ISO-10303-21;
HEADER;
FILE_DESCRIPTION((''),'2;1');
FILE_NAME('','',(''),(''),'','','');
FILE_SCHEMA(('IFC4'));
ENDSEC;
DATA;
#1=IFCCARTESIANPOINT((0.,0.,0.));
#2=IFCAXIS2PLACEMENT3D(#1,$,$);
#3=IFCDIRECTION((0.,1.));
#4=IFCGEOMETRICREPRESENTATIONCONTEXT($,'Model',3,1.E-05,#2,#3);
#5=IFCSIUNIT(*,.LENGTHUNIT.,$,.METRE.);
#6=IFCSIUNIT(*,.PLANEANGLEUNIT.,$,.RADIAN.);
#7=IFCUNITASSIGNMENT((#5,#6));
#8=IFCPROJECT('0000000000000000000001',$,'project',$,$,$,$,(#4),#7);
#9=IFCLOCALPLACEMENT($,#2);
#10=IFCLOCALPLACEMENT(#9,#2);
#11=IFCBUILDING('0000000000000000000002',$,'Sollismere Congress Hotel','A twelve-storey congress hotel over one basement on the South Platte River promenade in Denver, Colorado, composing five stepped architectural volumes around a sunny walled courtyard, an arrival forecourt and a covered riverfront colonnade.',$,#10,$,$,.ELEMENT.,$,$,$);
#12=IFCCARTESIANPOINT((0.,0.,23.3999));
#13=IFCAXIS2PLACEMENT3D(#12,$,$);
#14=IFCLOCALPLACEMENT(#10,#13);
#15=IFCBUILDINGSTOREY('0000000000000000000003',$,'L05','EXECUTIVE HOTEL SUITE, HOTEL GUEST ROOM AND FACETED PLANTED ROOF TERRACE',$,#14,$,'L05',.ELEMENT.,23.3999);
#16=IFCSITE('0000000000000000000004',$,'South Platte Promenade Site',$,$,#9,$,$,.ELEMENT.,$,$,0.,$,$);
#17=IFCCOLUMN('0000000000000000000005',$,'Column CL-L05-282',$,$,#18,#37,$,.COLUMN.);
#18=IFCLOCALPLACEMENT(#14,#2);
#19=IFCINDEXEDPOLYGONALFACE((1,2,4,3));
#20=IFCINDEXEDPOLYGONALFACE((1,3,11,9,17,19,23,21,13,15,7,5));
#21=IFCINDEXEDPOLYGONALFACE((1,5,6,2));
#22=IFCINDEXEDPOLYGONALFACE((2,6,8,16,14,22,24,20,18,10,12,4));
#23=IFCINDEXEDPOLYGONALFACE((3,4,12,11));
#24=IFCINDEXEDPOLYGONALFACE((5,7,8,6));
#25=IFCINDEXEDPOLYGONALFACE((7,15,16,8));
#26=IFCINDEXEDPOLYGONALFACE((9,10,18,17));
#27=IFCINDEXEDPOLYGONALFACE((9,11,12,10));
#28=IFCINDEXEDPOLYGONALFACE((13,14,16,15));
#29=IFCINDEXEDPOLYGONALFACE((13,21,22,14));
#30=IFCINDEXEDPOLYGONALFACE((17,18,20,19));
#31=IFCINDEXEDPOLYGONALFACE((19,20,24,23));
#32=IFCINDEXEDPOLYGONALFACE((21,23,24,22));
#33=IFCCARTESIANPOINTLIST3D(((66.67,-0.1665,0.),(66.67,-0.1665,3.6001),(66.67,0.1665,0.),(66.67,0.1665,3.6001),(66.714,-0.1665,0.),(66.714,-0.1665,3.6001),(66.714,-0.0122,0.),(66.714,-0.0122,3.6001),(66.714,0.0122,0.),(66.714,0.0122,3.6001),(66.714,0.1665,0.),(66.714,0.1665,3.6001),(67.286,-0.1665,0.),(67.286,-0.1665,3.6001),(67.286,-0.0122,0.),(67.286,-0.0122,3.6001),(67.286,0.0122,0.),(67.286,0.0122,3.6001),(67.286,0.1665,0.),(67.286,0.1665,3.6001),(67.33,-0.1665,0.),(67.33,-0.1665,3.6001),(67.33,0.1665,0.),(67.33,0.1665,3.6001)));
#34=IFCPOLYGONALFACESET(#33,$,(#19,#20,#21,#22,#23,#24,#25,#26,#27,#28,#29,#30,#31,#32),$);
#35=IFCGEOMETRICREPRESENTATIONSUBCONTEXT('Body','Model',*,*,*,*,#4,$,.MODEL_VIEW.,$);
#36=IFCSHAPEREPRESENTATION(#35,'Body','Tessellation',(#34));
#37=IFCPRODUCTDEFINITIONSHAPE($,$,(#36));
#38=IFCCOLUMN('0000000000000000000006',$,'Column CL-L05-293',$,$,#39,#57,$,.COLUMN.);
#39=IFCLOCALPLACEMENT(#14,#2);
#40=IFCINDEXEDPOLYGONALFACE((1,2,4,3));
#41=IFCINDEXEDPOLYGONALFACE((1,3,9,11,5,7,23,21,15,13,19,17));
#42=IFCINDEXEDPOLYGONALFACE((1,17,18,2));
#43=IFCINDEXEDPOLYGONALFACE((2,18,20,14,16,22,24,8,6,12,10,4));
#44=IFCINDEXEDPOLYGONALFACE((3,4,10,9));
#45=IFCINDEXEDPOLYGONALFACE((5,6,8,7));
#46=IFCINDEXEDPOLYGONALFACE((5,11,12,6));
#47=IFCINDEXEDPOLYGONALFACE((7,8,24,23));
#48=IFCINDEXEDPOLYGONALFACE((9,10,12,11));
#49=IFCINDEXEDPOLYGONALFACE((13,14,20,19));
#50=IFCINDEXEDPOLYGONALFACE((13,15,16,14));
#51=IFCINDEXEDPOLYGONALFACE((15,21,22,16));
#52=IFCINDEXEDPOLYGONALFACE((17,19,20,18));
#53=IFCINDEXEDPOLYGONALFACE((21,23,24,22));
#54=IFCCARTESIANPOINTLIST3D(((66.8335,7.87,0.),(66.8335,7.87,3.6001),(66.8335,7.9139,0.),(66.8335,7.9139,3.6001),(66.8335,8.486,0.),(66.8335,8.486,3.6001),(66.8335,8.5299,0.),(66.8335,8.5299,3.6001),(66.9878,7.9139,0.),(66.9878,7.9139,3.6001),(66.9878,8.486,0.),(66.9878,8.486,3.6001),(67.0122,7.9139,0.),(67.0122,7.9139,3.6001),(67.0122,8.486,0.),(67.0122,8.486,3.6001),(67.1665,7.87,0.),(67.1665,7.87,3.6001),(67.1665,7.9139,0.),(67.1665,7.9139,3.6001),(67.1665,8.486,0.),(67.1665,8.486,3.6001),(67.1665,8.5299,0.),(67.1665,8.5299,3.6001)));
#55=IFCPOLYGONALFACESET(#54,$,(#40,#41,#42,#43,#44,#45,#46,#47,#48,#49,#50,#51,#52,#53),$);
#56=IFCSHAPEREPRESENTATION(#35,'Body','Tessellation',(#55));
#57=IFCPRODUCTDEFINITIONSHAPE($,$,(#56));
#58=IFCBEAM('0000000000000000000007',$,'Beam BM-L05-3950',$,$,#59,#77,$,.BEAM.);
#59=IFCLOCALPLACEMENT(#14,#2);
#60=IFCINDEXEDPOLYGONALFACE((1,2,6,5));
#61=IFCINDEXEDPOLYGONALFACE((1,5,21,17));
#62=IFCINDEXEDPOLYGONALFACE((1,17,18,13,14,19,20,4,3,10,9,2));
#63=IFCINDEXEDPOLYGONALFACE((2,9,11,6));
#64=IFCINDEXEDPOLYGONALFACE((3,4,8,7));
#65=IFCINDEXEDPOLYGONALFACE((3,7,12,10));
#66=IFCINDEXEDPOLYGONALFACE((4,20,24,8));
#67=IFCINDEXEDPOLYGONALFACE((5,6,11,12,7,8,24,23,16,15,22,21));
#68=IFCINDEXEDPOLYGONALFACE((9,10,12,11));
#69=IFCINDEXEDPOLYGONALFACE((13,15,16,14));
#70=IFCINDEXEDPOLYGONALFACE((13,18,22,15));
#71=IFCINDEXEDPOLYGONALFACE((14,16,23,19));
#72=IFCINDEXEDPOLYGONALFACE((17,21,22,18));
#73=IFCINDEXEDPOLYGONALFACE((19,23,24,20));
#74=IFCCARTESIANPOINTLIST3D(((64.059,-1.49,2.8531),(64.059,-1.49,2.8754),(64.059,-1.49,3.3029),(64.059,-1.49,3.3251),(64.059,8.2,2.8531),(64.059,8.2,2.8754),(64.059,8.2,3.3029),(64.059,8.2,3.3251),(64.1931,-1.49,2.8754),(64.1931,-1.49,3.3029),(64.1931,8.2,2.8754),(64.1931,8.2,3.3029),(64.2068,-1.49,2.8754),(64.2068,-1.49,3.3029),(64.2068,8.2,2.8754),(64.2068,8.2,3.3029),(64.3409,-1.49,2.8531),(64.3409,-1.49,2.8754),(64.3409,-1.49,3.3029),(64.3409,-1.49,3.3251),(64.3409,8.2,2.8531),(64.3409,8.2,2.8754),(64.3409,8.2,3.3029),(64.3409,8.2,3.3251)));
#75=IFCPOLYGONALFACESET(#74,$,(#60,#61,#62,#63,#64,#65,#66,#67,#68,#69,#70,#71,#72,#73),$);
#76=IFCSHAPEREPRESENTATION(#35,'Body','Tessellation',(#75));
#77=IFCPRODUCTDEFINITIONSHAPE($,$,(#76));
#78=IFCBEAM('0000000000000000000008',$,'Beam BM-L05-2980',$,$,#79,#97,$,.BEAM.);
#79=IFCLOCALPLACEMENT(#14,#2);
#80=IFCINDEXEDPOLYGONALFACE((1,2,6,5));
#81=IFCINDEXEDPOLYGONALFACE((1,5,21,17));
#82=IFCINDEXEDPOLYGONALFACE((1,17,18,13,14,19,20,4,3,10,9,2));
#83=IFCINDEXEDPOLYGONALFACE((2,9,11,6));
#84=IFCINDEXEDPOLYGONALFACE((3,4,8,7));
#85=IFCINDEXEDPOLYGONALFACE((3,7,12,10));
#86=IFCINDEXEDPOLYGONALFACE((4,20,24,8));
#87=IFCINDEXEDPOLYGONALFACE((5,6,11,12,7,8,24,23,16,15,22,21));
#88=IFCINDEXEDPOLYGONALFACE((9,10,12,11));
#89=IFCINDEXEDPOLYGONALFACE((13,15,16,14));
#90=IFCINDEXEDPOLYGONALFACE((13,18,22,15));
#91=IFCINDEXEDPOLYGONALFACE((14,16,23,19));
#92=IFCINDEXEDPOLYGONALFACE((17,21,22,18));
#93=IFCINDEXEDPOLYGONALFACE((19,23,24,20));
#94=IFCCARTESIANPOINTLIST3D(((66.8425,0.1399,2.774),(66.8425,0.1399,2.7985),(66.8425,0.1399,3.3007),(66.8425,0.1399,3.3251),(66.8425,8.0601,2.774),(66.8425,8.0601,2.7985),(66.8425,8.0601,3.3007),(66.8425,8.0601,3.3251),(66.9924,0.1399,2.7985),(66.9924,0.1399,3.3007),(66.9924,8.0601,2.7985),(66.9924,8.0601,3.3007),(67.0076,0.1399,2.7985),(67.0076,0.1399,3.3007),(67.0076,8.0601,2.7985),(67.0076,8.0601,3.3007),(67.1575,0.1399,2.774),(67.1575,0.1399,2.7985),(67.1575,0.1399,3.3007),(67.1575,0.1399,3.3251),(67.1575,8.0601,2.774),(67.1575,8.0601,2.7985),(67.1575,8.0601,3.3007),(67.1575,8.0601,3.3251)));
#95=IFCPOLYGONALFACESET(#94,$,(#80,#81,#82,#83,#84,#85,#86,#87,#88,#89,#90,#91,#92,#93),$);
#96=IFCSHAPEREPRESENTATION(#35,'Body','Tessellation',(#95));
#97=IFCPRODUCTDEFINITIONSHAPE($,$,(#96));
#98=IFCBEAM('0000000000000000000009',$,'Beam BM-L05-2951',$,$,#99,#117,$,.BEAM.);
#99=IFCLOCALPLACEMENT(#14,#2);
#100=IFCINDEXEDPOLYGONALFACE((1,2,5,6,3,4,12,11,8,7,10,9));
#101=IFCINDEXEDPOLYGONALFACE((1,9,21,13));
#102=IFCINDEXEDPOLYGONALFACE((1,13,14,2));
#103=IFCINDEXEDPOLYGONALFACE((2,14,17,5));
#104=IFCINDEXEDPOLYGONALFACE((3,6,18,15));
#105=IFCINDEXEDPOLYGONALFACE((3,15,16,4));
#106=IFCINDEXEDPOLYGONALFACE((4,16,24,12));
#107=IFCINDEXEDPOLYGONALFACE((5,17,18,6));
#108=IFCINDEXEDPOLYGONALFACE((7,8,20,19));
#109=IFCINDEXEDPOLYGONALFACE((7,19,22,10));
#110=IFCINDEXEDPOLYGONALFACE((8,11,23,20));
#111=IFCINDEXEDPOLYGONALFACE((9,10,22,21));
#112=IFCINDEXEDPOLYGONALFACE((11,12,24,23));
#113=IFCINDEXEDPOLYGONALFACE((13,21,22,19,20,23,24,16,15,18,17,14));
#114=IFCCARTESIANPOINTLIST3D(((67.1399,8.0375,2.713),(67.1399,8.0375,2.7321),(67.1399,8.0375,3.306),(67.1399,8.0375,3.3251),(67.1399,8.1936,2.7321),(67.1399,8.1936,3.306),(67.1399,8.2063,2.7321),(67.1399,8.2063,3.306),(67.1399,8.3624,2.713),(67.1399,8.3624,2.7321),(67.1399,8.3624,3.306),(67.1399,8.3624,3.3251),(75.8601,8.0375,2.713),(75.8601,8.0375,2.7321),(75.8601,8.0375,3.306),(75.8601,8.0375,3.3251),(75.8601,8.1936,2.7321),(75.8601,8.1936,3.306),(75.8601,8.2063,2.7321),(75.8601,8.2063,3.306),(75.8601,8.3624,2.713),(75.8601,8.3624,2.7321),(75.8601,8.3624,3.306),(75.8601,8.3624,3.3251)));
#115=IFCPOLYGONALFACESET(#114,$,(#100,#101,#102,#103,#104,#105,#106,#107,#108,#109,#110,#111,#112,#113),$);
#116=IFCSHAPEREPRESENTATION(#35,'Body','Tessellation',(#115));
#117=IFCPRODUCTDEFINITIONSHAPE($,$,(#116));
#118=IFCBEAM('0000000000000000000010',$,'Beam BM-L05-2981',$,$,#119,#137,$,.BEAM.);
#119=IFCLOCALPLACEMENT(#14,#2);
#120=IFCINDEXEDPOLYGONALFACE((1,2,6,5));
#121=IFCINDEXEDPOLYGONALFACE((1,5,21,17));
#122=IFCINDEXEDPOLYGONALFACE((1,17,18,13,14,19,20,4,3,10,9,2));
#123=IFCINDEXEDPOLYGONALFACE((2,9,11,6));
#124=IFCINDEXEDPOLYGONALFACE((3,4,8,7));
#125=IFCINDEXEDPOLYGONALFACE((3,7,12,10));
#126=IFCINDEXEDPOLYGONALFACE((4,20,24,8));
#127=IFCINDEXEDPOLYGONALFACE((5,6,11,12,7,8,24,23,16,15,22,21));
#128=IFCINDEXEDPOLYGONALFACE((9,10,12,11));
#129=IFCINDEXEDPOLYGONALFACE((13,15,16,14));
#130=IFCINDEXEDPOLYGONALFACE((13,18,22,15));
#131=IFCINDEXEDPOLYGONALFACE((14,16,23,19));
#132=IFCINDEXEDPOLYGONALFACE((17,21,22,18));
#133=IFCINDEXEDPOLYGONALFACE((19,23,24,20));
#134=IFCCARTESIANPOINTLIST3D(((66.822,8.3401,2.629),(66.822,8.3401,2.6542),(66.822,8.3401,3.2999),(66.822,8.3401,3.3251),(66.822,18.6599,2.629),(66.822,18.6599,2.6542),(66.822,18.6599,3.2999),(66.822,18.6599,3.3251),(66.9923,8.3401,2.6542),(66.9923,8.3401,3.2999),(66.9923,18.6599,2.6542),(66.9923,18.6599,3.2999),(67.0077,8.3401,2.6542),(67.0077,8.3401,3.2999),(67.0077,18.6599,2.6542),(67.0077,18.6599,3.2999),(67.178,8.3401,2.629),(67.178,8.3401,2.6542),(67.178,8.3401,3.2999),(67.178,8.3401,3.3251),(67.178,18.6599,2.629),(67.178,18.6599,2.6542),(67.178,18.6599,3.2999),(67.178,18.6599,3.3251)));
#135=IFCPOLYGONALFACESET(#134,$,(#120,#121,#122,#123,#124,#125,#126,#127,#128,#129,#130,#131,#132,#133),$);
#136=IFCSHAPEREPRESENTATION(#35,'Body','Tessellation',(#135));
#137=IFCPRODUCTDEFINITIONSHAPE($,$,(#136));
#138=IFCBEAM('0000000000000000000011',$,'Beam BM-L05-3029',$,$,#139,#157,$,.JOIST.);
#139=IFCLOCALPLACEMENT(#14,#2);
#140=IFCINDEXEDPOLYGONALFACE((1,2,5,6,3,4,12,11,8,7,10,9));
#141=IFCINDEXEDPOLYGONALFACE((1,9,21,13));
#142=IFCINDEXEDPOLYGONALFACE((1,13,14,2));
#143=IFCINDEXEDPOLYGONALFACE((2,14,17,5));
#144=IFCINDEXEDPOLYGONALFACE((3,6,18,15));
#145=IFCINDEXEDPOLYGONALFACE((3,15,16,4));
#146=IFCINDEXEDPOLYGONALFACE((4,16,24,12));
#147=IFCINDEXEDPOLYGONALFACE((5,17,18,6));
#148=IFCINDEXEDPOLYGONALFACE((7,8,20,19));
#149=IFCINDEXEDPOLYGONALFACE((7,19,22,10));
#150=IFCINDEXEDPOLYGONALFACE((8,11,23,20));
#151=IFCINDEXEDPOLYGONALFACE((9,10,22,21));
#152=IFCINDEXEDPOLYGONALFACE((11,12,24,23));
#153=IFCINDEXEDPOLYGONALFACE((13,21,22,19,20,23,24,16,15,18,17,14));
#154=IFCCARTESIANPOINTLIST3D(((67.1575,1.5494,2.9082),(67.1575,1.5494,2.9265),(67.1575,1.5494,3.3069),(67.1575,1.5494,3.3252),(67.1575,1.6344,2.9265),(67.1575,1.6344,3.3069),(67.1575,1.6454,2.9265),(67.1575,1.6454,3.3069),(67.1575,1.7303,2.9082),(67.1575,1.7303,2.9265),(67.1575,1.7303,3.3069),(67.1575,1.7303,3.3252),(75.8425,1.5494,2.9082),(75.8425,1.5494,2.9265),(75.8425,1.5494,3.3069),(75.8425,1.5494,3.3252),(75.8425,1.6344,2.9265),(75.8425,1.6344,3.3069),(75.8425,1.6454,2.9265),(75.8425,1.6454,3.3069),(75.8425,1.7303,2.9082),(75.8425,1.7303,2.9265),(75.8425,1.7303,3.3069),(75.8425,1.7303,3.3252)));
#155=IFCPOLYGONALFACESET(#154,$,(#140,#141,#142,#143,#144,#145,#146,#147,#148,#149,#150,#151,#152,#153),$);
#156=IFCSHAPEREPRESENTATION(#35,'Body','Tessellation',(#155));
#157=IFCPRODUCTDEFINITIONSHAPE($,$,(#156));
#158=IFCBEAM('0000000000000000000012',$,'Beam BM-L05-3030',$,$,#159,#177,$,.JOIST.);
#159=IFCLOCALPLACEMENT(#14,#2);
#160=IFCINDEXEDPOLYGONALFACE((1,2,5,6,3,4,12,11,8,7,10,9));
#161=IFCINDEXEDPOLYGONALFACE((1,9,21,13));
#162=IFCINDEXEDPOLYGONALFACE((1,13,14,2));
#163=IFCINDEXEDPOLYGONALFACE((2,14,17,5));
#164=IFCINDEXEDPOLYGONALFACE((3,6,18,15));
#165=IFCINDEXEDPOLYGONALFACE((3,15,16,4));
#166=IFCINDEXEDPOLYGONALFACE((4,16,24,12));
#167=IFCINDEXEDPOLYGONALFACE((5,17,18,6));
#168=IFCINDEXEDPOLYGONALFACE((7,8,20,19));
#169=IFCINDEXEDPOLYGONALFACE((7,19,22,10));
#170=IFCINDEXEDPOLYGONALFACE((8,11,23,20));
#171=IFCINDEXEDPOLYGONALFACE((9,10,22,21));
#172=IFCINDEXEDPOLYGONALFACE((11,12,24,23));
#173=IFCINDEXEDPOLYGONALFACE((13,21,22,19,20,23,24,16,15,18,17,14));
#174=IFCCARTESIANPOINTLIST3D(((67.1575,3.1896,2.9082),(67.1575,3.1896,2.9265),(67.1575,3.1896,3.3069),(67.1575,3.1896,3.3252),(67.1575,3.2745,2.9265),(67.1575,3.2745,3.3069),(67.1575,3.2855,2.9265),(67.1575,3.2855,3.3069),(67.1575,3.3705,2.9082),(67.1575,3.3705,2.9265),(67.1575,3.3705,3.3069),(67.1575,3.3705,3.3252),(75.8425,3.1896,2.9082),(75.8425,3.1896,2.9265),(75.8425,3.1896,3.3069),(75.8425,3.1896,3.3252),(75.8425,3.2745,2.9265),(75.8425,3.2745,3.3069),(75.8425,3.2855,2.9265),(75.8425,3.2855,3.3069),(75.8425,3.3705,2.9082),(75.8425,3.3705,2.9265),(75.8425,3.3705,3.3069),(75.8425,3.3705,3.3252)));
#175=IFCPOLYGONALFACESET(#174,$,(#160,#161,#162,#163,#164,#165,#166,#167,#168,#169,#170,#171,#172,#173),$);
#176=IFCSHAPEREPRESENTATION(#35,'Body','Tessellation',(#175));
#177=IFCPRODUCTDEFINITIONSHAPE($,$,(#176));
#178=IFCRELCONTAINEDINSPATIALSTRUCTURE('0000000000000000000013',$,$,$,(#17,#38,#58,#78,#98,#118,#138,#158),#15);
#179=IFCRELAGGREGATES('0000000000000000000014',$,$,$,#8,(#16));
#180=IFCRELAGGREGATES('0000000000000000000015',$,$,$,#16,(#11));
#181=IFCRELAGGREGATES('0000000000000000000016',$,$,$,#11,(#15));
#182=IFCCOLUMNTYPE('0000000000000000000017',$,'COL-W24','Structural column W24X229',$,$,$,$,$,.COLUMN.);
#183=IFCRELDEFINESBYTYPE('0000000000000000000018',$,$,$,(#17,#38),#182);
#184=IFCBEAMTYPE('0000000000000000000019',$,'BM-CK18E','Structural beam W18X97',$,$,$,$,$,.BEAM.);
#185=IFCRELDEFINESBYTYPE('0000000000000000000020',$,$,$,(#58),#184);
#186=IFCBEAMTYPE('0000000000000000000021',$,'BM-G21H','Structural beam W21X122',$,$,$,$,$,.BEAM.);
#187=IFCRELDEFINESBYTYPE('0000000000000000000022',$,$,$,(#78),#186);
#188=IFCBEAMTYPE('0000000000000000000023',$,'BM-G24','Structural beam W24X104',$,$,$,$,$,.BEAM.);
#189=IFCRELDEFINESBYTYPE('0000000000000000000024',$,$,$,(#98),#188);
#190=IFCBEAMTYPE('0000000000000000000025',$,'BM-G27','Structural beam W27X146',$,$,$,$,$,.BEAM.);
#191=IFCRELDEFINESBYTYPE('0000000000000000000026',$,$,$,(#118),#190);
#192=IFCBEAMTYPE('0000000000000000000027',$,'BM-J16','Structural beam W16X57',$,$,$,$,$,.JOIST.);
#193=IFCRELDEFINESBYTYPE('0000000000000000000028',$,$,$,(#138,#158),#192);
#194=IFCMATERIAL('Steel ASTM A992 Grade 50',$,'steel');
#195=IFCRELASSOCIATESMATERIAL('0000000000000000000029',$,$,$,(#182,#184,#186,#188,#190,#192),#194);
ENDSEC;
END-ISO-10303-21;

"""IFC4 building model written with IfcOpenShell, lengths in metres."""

from ifc_helpers import new_model, si_unit, direction, frame, origin, origin_2d, place, context, subcontext, project, spatial, i_section, extrude, material, material_profile, profile_set, type_object, element, save


model = new_model("IFC4")

# Units and contexts
model_context = context("Model", 3, precision=1e-05, world=origin(), true_north=direction((0.0, 1.0)))
body_context = subcontext(model_context, "Body", "Model", "MODEL_VIEW")
ifc_project = project(units=[si_unit("LENGTHUNIT", "METRE"), si_unit("PLANEANGLEUNIT", "RADIAN")], contexts=[model_context])

# Site, building, storey
site_placement = place(None, origin())
site = spatial("IfcSite", under=ifc_project, at=site_placement, Name="South Platte Promenade Site", CompositionType="ELEMENT", RefElevation=0.0)
building_placement = place(site_placement, origin())
building = spatial("IfcBuilding", under=site, at=building_placement, Name="Sollismere Congress Hotel", Description="A twelve-storey congress hotel over one basement on the South Platte River promenade in Denver, Colorado, composing five stepped architectural volumes around a sunny walled courtyard, an arrival forecourt and a covered riverfront colonnade.", CompositionType="ELEMENT")
storey_placement = place(building_placement, frame((0.0, 0.0, 23.3999)))
storey = spatial("IfcBuildingStorey", under=building, at=storey_placement, Name="L05", Description="EXECUTIVE HOTEL SUITE, HOTEL GUEST ROOM AND FACETED PLANTED ROOF TERRACE", LongName="L05", CompositionType="ELEMENT", Elevation=23.3999)

# Columns
ifc_material_1 = material(Name="Steel ASTM A992 Grade 50", Category="steel")
ifc_material_profile_1 = material_profile(ifc_material_1, i_section(OverallWidth=0.333, OverallDepth=0.6599, WebThickness=0.0244, FlangeThickness=0.0439, at=origin_2d()), Name="W24X229")
ifc_profile_set_1 = profile_set([ifc_material_profile_1], Name="Steel ASTM A992 Grade 50")
column_type = type_object("IfcColumnType", Name="COL-W24", Description="Structural column W24X229", PredefinedType="COLUMN", material=ifc_profile_set_1)
for number, where, z_axis, x_axis, name in (
    (1, (67.0, 0.0, 0.0), (0.0, 0.0, 1.0), (0.0, 1.0, 0.0), "Column CL-L05-282"),
    (2, (67.0, 8.2, 0.0), (0.0, 0.0, 1.0), (1.0, 0.0, 0.0), "Column CL-L05-293"),
):
    element("IfcColumn", number, at=place(storey_placement, frame(where, z_axis=z_axis, x_axis=x_axis)), inside=storey, type_object=column_type, Name=name, PredefinedType="COLUMN", context=body_context, shape_type="SweptSolid", body=[
        extrude(i_section(OverallWidth=0.333, OverallDepth=0.6599, WebThickness=0.0244, FlangeThickness=0.0439, at=origin_2d()), origin(), (0.0, 0.0, 1.0), 3.6001),
    ])

# Beams
ifc_material_profile_2 = material_profile(ifc_material_1, i_section(OverallWidth=0.282, OverallDepth=0.4719, WebThickness=0.0137, FlangeThickness=0.0222, at=origin_2d()), Name="W18X97")
ifc_profile_set_2 = profile_set([ifc_material_profile_2], Name="Steel ASTM A992 Grade 50")
beam_type_1 = type_object("IfcBeamType", Name="BM-CK18E", Description="Structural beam W18X97", PredefinedType="BEAM", material=ifc_profile_set_2)
beam_1_placement = place(storey_placement, frame((64.2, 8.2, 3.0891), z_axis=(0.0, -1.0, 0.0), x_axis=(1.0, 0.0, 0.0)))
element("IfcBeam", 3, at=beam_1_placement, inside=storey, type_object=beam_type_1, Name="Beam BM-L05-3950", PredefinedType="BEAM", context=body_context, shape_type="SweptSolid", body=[
    extrude(i_section(OverallWidth=0.282, OverallDepth=0.4719, WebThickness=0.0137, FlangeThickness=0.0222, at=origin_2d()), origin(), (0.0, 0.0, 1.0), 9.6899),
])
ifc_material_profile_3 = material_profile(ifc_material_1, i_section(OverallWidth=0.3149, OverallDepth=0.551, WebThickness=0.0151, FlangeThickness=0.0244, at=origin_2d()), Name="W21X122")
ifc_profile_set_3 = profile_set([ifc_material_profile_3], Name="Steel ASTM A992 Grade 50")
beam_type_2 = type_object("IfcBeamType", Name="BM-G21H", Description="Structural beam W21X122", PredefinedType="BEAM", material=ifc_profile_set_3)
beam_2_placement = place(storey_placement, frame((67.0, 0.1399, 3.0496), z_axis=(0.0, 1.0, 0.0), x_axis=(-1.0, 0.0, 0.0)))
element("IfcBeam", 4, at=beam_2_placement, inside=storey, type_object=beam_type_2, Name="Beam BM-L05-2980", PredefinedType="BEAM", context=body_context, shape_type="SweptSolid", body=[
    extrude(i_section(OverallWidth=0.3149, OverallDepth=0.551, WebThickness=0.0151, FlangeThickness=0.0244, at=origin_2d()), origin(), (0.0, 0.0, 1.0), 7.9202),
])
ifc_material_profile_4 = material_profile(ifc_material_1, i_section(OverallWidth=0.325, OverallDepth=0.6121, WebThickness=0.0127, FlangeThickness=0.019, at=origin_2d()), Name="W24X104")
ifc_profile_set_4 = profile_set([ifc_material_profile_4], Name="Steel ASTM A992 Grade 50")
beam_type_3 = type_object("IfcBeamType", Name="BM-G24", Description="Structural beam W24X104", PredefinedType="BEAM", material=ifc_profile_set_4)
beam_3_placement = place(storey_placement, frame((67.1399, 8.2, 3.019), z_axis=(1.0, 0.0, 0.0), x_axis=(0.0, 1.0, 0.0)))
element("IfcBeam", 5, at=beam_3_placement, inside=storey, type_object=beam_type_3, Name="Beam BM-L05-2951", PredefinedType="BEAM", context=body_context, shape_type="SweptSolid", body=[
    extrude(i_section(OverallWidth=0.325, OverallDepth=0.6121, WebThickness=0.0127, FlangeThickness=0.019, at=origin_2d()), origin(), (0.0, 0.0, 1.0), 8.7202),
])
ifc_material_profile_5 = material_profile(ifc_material_1, i_section(OverallWidth=0.356, OverallDepth=0.696, WebThickness=0.0154, FlangeThickness=0.0251, at=origin_2d()), Name="W27X146")
ifc_profile_set_5 = profile_set([ifc_material_profile_5], Name="Steel ASTM A992 Grade 50")
beam_type_4 = type_object("IfcBeamType", Name="BM-G27", Description="Structural beam W27X146", PredefinedType="BEAM", material=ifc_profile_set_5)
beam_4_placement = place(storey_placement, frame((67.0, 8.3401, 2.9771), z_axis=(0.0, 1.0, 0.0), x_axis=(-1.0, 0.0, 0.0)))
element("IfcBeam", 6, at=beam_4_placement, inside=storey, type_object=beam_type_4, Name="Beam BM-L05-2981", PredefinedType="BEAM", context=body_context, shape_type="SweptSolid", body=[
    extrude(i_section(OverallWidth=0.356, OverallDepth=0.696, WebThickness=0.0154, FlangeThickness=0.0251, at=origin_2d()), origin(), (0.0, 0.0, 1.0), 10.3198),
])
ifc_material_profile_6 = material_profile(ifc_material_1, i_section(OverallWidth=0.1809, OverallDepth=0.417, WebThickness=0.011, FlangeThickness=0.0183, at=origin_2d()), Name="W16X57")
ifc_profile_set_6 = profile_set([ifc_material_profile_6], Name="Steel ASTM A992 Grade 50")
beam_type_5 = type_object("IfcBeamType", Name="BM-J16", Description="Structural beam W16X57", PredefinedType="JOIST", material=ifc_profile_set_6)
for number, where, z_axis, x_axis, name in (
    (7, (67.1575, 1.6399, 3.1167), (1.0, 0.0, 0.0), (0.0, 1.0, 0.0), "Beam BM-L05-3029"),
    (8, (67.1575, 3.28, 3.1167), (1.0, 0.0, 0.0), (0.0, 1.0, 0.0), "Beam BM-L05-3030"),
):
    element("IfcBeam", number, at=place(storey_placement, frame(where, z_axis=z_axis, x_axis=x_axis)), inside=storey, type_object=beam_type_5, Name=name, PredefinedType="JOIST", context=body_context, shape_type="SweptSolid", body=[
        extrude(i_section(OverallWidth=0.1809, OverallDepth=0.417, WebThickness=0.011, FlangeThickness=0.0183, at=origin_2d()), origin(), (0.0, 0.0, 1.0), 8.6851),
    ])

save(model, "model.ifc")
